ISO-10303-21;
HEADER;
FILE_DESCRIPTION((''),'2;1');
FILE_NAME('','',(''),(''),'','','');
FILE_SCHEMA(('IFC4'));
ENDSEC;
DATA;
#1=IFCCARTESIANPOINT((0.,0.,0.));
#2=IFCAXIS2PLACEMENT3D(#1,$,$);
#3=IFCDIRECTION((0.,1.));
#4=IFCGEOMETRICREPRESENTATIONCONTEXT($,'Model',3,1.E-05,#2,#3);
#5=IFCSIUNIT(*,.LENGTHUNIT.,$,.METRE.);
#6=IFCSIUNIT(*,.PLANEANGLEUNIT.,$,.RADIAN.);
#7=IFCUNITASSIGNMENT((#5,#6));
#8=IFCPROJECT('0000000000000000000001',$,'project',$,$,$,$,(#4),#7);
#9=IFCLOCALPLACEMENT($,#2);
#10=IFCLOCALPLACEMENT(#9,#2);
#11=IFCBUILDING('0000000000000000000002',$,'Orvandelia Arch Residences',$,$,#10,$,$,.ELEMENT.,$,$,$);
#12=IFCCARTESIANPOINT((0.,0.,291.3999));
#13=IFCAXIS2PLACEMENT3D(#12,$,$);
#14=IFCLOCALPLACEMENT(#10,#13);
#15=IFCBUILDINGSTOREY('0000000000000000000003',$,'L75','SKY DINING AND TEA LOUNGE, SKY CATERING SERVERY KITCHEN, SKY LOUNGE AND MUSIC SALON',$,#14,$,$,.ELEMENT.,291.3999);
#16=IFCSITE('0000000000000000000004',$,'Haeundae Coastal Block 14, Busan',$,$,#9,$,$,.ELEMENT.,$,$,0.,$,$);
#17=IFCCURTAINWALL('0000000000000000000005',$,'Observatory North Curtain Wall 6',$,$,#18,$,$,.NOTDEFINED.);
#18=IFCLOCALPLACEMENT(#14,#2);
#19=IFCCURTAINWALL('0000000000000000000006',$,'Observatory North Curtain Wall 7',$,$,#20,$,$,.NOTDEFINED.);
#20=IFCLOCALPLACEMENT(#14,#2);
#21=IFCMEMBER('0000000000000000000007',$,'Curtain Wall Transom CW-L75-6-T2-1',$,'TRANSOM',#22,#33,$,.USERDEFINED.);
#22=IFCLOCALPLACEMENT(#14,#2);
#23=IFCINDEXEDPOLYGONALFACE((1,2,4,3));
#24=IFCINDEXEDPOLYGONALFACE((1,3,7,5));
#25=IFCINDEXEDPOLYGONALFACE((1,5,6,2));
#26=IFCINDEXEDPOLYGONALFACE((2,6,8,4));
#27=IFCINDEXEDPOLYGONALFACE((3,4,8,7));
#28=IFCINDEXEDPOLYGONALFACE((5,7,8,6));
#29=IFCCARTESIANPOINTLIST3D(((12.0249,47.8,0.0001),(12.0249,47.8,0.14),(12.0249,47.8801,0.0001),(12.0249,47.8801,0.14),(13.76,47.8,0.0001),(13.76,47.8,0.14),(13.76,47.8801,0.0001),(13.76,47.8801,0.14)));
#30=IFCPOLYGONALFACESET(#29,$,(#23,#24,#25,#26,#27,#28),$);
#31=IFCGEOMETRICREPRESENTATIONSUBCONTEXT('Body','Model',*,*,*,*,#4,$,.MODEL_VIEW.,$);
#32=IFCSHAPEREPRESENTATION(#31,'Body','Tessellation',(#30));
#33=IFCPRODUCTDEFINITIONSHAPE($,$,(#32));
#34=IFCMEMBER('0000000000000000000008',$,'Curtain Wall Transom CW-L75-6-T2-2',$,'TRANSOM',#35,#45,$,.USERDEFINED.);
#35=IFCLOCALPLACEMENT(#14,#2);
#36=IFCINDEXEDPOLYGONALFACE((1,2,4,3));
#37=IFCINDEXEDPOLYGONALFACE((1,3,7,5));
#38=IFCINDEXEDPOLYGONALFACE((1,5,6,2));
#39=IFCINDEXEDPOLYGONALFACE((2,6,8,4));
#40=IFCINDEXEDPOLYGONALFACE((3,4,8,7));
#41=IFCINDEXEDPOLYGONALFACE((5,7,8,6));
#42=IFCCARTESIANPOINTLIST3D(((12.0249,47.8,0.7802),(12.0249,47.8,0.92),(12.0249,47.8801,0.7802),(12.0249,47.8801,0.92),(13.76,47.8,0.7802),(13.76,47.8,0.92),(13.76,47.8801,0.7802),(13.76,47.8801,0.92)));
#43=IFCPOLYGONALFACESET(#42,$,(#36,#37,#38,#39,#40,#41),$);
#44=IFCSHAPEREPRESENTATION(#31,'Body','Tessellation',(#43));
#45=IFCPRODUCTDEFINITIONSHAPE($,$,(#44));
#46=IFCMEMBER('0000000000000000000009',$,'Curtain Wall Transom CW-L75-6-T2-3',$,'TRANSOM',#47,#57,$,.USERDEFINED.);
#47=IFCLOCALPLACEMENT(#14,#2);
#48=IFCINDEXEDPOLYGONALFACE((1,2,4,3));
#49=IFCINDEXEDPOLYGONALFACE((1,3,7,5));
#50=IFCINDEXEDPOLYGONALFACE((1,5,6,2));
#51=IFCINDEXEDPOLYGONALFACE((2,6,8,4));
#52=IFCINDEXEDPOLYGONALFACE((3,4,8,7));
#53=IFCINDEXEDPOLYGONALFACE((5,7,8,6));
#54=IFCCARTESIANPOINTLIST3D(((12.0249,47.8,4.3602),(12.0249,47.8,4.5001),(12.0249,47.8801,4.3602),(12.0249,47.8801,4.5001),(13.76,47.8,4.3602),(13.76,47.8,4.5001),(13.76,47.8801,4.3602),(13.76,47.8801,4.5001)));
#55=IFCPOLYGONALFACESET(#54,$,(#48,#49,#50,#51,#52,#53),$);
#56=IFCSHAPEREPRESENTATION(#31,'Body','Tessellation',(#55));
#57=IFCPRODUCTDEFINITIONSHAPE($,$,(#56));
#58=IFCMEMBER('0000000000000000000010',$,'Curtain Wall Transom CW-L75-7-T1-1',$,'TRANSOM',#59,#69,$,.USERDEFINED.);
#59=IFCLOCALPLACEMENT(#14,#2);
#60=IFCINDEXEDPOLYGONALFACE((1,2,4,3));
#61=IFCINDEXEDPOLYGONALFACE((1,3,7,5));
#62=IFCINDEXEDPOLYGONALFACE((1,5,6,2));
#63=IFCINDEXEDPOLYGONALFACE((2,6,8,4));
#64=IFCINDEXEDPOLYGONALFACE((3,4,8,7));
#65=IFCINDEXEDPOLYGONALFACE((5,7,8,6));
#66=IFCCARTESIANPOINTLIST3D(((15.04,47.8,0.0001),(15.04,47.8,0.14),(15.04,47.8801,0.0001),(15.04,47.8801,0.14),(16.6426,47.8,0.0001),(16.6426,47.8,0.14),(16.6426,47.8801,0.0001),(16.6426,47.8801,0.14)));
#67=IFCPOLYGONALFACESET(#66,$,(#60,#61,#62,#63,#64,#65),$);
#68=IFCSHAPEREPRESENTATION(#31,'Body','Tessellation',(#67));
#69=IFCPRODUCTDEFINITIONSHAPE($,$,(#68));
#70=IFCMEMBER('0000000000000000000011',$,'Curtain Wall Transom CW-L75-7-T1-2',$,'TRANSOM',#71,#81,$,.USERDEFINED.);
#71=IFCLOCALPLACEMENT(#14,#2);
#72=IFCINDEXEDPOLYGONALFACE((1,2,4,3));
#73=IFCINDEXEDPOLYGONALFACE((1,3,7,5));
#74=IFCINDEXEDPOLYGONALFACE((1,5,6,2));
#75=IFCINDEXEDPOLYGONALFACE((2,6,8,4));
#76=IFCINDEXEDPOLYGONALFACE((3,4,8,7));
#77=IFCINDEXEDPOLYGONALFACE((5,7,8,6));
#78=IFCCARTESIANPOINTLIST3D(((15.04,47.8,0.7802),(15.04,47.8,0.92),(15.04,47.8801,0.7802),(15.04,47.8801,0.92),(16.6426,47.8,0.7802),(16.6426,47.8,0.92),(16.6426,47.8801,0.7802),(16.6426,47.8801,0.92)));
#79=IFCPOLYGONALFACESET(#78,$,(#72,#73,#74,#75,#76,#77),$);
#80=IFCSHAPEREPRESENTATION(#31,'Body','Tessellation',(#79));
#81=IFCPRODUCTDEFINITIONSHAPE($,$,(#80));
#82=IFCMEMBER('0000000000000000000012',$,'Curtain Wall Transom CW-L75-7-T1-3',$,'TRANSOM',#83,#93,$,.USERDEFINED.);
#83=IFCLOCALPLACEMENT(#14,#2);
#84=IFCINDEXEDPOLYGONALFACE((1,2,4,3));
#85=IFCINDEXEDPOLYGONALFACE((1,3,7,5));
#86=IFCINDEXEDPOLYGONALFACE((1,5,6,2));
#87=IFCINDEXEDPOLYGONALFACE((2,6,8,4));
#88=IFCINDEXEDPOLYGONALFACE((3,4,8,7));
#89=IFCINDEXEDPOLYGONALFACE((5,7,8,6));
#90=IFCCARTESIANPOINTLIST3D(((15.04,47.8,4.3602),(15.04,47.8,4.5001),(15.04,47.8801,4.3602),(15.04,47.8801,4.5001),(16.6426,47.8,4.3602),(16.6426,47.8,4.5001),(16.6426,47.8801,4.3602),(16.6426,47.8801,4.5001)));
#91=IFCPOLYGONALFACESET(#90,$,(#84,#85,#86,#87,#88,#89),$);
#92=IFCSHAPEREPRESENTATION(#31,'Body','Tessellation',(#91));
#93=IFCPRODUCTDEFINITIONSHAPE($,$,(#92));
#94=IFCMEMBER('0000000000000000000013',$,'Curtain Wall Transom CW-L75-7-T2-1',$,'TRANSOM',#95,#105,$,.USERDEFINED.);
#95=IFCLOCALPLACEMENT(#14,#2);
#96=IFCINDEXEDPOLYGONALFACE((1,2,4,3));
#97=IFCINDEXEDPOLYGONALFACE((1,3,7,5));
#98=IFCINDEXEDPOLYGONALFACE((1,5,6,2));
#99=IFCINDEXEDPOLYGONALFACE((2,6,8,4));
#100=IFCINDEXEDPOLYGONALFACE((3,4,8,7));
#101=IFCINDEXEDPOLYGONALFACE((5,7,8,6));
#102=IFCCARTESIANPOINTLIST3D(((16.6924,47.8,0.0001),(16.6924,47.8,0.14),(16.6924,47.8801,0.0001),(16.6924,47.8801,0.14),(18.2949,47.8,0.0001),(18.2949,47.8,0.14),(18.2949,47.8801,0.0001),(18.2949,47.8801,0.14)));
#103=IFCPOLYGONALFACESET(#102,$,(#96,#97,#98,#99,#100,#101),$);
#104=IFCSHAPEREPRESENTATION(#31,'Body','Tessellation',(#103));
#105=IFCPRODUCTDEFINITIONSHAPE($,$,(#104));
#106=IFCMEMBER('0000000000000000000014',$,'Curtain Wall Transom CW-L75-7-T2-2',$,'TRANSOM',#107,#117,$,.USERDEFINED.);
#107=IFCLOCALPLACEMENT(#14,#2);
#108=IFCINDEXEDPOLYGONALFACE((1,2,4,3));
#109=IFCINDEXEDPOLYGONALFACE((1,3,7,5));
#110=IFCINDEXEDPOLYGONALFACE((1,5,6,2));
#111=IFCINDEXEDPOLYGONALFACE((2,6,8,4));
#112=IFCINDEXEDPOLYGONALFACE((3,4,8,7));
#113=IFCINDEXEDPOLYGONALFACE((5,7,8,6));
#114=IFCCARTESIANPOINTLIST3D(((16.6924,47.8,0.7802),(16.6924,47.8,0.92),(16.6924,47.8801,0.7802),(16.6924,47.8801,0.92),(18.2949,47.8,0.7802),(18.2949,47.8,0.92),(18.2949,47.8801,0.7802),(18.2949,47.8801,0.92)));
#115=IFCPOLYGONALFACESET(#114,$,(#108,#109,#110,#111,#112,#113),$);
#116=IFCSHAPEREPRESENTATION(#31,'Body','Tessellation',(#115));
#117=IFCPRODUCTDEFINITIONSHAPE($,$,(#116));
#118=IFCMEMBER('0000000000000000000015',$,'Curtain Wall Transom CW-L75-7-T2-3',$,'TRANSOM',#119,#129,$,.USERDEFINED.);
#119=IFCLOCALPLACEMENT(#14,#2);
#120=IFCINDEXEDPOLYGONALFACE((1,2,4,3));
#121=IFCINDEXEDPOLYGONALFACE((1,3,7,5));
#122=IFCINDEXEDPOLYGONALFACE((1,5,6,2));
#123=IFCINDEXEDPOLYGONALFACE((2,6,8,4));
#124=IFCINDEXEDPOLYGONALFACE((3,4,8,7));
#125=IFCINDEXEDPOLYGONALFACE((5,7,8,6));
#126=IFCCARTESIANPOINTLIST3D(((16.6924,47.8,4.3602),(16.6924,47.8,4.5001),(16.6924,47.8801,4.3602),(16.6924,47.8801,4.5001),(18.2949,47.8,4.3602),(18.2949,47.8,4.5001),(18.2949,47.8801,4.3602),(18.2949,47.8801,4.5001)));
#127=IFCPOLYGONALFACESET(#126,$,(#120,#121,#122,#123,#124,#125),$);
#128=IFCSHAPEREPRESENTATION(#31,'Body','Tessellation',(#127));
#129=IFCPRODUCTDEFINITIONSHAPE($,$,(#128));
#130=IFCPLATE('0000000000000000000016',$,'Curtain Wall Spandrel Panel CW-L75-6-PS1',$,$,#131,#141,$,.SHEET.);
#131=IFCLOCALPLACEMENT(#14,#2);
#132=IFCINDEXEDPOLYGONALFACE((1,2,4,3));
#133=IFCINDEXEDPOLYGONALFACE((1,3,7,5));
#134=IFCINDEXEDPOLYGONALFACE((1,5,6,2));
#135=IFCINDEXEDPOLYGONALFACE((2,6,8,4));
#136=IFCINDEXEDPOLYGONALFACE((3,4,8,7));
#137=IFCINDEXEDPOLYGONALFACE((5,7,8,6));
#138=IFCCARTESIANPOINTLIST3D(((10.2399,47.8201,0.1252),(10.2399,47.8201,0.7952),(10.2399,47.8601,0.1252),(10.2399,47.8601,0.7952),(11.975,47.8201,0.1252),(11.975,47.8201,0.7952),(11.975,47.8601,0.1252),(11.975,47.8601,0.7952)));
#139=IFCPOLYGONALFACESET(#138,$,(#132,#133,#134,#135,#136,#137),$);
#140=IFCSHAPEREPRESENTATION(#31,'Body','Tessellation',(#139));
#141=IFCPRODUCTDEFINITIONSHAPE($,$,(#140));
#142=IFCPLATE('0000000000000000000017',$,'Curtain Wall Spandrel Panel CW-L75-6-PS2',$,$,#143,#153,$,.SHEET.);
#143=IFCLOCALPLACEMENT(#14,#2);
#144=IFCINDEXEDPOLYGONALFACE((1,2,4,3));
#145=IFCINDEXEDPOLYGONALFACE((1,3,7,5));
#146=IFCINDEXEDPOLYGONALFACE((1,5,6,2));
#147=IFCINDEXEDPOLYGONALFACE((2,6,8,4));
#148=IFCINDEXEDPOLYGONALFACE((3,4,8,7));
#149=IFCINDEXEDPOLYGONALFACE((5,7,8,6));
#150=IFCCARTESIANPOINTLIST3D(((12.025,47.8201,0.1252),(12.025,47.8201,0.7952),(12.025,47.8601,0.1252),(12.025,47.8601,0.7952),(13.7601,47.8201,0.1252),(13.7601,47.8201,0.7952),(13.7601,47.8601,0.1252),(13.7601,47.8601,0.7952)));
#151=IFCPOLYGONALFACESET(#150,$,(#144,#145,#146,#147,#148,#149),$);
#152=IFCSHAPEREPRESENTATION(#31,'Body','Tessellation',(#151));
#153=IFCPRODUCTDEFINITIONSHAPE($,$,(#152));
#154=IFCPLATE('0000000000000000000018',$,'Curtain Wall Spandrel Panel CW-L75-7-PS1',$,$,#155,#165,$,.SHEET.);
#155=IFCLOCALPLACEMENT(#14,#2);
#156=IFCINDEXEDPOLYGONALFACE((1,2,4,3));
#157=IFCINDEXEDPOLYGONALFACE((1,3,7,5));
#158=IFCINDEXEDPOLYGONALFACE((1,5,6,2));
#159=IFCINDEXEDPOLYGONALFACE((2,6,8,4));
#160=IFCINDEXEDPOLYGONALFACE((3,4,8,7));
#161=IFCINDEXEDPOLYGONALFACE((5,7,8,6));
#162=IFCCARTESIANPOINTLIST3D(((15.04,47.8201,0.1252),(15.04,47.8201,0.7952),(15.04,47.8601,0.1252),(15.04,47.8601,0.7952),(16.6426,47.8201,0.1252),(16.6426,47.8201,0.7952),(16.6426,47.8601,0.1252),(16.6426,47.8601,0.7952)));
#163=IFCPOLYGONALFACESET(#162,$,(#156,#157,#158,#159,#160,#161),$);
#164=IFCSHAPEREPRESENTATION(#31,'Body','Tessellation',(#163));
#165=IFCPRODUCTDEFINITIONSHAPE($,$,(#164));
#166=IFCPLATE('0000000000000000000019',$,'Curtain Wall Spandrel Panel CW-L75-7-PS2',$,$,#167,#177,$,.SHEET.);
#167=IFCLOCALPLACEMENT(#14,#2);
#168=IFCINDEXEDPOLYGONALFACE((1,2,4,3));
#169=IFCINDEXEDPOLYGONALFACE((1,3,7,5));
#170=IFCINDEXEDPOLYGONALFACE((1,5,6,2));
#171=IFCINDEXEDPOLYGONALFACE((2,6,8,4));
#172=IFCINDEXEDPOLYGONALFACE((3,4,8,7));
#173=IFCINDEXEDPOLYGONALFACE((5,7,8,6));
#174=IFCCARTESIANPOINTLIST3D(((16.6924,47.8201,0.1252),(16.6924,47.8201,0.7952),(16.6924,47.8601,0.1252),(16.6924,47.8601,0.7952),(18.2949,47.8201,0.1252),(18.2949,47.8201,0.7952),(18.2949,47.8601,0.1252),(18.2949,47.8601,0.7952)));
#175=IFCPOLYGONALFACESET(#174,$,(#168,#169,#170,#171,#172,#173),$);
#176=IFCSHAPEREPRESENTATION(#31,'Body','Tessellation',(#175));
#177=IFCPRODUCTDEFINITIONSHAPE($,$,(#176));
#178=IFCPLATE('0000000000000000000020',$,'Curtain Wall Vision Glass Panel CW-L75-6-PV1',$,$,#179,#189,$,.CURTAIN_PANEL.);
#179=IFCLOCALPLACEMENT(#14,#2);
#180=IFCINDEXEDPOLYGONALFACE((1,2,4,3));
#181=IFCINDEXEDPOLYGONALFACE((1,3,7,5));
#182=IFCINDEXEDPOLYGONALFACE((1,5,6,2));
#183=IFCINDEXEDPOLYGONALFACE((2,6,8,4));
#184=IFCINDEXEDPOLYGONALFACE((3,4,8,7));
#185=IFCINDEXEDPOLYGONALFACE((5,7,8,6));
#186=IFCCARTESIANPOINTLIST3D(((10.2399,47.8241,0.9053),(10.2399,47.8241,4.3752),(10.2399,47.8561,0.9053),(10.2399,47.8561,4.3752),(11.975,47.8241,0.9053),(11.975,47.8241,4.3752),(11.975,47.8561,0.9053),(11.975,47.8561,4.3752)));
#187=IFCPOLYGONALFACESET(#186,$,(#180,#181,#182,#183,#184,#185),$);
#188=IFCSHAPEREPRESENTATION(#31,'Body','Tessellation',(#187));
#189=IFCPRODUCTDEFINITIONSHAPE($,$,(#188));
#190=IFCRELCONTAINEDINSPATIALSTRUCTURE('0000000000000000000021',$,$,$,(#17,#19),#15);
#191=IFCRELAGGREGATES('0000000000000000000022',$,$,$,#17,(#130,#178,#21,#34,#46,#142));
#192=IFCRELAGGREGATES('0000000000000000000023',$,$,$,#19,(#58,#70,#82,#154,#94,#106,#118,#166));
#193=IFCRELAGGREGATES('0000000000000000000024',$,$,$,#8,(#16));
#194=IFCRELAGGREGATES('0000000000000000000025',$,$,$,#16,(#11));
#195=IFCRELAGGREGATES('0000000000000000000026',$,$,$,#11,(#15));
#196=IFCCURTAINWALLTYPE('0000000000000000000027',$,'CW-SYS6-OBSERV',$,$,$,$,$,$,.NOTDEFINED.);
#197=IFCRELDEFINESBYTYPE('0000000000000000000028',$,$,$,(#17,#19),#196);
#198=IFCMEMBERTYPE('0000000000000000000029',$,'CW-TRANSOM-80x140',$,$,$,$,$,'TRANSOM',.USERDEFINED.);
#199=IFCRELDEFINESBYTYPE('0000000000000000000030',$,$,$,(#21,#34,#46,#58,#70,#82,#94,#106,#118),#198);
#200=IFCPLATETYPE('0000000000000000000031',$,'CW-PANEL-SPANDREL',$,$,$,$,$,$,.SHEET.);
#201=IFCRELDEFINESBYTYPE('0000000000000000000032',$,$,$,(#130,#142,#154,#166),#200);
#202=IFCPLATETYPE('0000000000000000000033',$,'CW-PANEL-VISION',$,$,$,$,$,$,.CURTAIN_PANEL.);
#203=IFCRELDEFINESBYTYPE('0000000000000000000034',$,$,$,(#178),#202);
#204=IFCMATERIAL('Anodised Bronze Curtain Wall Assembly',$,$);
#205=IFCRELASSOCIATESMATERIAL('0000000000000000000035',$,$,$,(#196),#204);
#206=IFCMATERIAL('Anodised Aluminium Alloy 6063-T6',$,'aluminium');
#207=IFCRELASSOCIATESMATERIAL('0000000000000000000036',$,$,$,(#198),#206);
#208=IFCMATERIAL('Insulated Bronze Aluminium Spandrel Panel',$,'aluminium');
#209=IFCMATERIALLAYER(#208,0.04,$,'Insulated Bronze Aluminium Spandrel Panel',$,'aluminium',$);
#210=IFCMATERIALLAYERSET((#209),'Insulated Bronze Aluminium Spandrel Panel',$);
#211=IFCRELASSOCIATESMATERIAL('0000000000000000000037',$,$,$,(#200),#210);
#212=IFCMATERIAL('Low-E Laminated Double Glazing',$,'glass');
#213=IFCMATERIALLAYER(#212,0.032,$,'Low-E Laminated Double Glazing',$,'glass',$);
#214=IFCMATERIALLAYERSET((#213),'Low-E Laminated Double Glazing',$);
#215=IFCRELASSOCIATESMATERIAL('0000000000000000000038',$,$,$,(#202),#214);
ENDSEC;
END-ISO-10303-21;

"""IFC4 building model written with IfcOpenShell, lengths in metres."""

from ifc_helpers import new_model, si_unit, direction, frame, origin, origin_2d, place, context, subcontext, project, spatial, rectangle, extrude, material, layer, layer_set, material_profile, profile_set, type_object, element, aggregate, save


model = new_model("IFC4")

# Units and contexts
model_context = context("Model", 3, precision=1e-05, world=origin(), true_north=direction((0.0, 1.0)))
body_context = subcontext(model_context, "Body", "Model", "MODEL_VIEW")
ifc_project = project(units=[si_unit("LENGTHUNIT", "METRE"), si_unit("PLANEANGLEUNIT", "RADIAN")], contexts=[model_context])

# Site, building, storey
site_placement = place(None, origin())
site = spatial("IfcSite", under=ifc_project, at=site_placement, Name="Haeundae Coastal Block 14, Busan", CompositionType="ELEMENT", RefElevation=0.0)
building_placement = place(site_placement, origin())
building = spatial("IfcBuilding", under=site, at=building_placement, Name="Orvandelia Arch Residences", CompositionType="ELEMENT")
storey_placement = place(building_placement, frame((0.0, 0.0, 291.3999)))
storey = spatial("IfcBuildingStorey", under=building, at=storey_placement, Name="L75", Description="SKY DINING AND TEA LOUNGE, SKY CATERING SERVERY KITCHEN, SKY LOUNGE AND MUSIC SALON", CompositionType="ELEMENT", Elevation=291.3999)

# Curtain walls
ifc_material_1 = material(Name="Anodised Bronze Curtain Wall Assembly")
curtain_wall_type = type_object("IfcCurtainWallType", Name="CW-SYS6-OBSERV", PredefinedType="NOTDEFINED", material=ifc_material_1)
curtain_wall_1_placement = place(storey_placement, origin())
curtain_wall_1 = element("IfcCurtainWall", 1, at=curtain_wall_1_placement, inside=storey, type_object=curtain_wall_type, Name="Observatory North Curtain Wall 6", PredefinedType="NOTDEFINED")
ifc_material_2 = material(Name="Anodised Aluminium Alloy 6063-T6", Category="aluminium")
curtain_wall_2_placement = place(storey_placement, origin())
curtain_wall_2 = element("IfcCurtainWall", 2, at=curtain_wall_2_placement, inside=storey, type_object=curtain_wall_type, Name="Observatory North Curtain Wall 7", PredefinedType="NOTDEFINED")

# Members
ifc_material_profile_1 = material_profile(ifc_material_2, rectangle(XDim=0.0801, YDim=0.1399, at=origin_2d()), Name="Anodised Aluminium Alloy 6063-T6", Category="aluminium")
ifc_profile_set_1 = profile_set([ifc_material_profile_1], Name="Anodised Aluminium Alloy 6063-T6")
member_type_1 = type_object("IfcMemberType", Name="CW-TRANSOM-80x140", ElementType="TRANSOM", PredefinedType="USERDEFINED", material=ifc_profile_set_1)
member_1_placement = place(storey_placement, frame((12.0249, 47.8401, 0.0701), z_axis=(1.0, 0.0, 0.0), x_axis=(0.0, 1.0, 0.0)))
member_1 = element("IfcMember", 3, at=member_1_placement, type_object=member_type_1, Name="Curtain Wall Transom CW-L75-6-T2-1", ObjectType="TRANSOM", PredefinedType="USERDEFINED", context=body_context, shape_type="SweptSolid", body=[
    extrude(rectangle(XDim=0.0801, YDim=0.1399, at=origin_2d()), origin(), (0.0, 0.0, 1.0), 1.7351),
])
member_2_placement = place(storey_placement, frame((12.0249, 47.8401, 0.8501), z_axis=(1.0, 0.0, 0.0), x_axis=(0.0, 1.0, 0.0)))
member_2 = element("IfcMember", 4, at=member_2_placement, type_object=member_type_1, Name="Curtain Wall Transom CW-L75-6-T2-2", ObjectType="TRANSOM", PredefinedType="USERDEFINED", context=body_context, shape_type="SweptSolid", body=[
    extrude(rectangle(XDim=0.0801, YDim=0.1399, at=origin_2d()), origin(), (0.0, 0.0, 1.0), 1.7351),
])
member_3_placement = place(storey_placement, frame((12.0249, 47.8401, 4.4302), z_axis=(1.0, 0.0, 0.0), x_axis=(0.0, 1.0, 0.0)))
member_3 = element("IfcMember", 5, at=member_3_placement, type_object=member_type_1, Name="Curtain Wall Transom CW-L75-6-T2-3", ObjectType="TRANSOM", PredefinedType="USERDEFINED", context=body_context, shape_type="SweptSolid", body=[
    extrude(rectangle(XDim=0.0801, YDim=0.1399, at=origin_2d()), origin(), (0.0, 0.0, 1.0), 1.7351),
])
member_4_placement = place(storey_placement, frame((15.04, 47.8401, 0.0701), z_axis=(1.0, 0.0, 0.0), x_axis=(0.0, 1.0, 0.0)))
member_4 = element("IfcMember", 6, at=member_4_placement, type_object=member_type_1, Name="Curtain Wall Transom CW-L75-7-T1-1", ObjectType="TRANSOM", PredefinedType="USERDEFINED", context=body_context, shape_type="SweptSolid", body=[
    extrude(rectangle(XDim=0.0801, YDim=0.1399, at=origin_2d()), origin(), (0.0, 0.0, 1.0), 1.6025),
])
member_5_placement = place(storey_placement, frame((15.04, 47.8401, 0.8501), z_axis=(1.0, 0.0, 0.0), x_axis=(0.0, 1.0, 0.0)))
member_5 = element("IfcMember", 7, at=member_5_placement, type_object=member_type_1, Name="Curtain Wall Transom CW-L75-7-T1-2", ObjectType="TRANSOM", PredefinedType="USERDEFINED", context=body_context, shape_type="SweptSolid", body=[
    extrude(rectangle(XDim=0.0801, YDim=0.1399, at=origin_2d()), origin(), (0.0, 0.0, 1.0), 1.6025),
])
member_6_placement = place(storey_placement, frame((15.04, 47.8401, 4.4302), z_axis=(1.0, 0.0, 0.0), x_axis=(0.0, 1.0, 0.0)))
member_6 = element("IfcMember", 8, at=member_6_placement, type_object=member_type_1, Name="Curtain Wall Transom CW-L75-7-T1-3", ObjectType="TRANSOM", PredefinedType="USERDEFINED", context=body_context, shape_type="SweptSolid", body=[
    extrude(rectangle(XDim=0.0801, YDim=0.1399, at=origin_2d()), origin(), (0.0, 0.0, 1.0), 1.6025),
])
member_7_placement = place(storey_placement, frame((16.6924, 47.8401, 0.0701), z_axis=(1.0, 0.0, 0.0), x_axis=(0.0, 1.0, 0.0)))
member_7 = element("IfcMember", 9, at=member_7_placement, type_object=member_type_1, Name="Curtain Wall Transom CW-L75-7-T2-1", ObjectType="TRANSOM", PredefinedType="USERDEFINED", context=body_context, shape_type="SweptSolid", body=[
    extrude(rectangle(XDim=0.0801, YDim=0.1399, at=origin_2d()), origin(), (0.0, 0.0, 1.0), 1.6025),
])
member_8_placement = place(storey_placement, frame((16.6924, 47.8401, 0.8501), z_axis=(1.0, 0.0, 0.0), x_axis=(0.0, 1.0, 0.0)))
member_8 = element("IfcMember", 10, at=member_8_placement, type_object=member_type_1, Name="Curtain Wall Transom CW-L75-7-T2-2", ObjectType="TRANSOM", PredefinedType="USERDEFINED", context=body_context, shape_type="SweptSolid", body=[
    extrude(rectangle(XDim=0.0801, YDim=0.1399, at=origin_2d()), origin(), (0.0, 0.0, 1.0), 1.6025),
])
member_9_placement = place(storey_placement, frame((16.6924, 47.8401, 4.4302), z_axis=(1.0, 0.0, 0.0), x_axis=(0.0, 1.0, 0.0)))
member_9 = element("IfcMember", 11, at=member_9_placement, type_object=member_type_1, Name="Curtain Wall Transom CW-L75-7-T2-3", ObjectType="TRANSOM", PredefinedType="USERDEFINED", context=body_context, shape_type="SweptSolid", body=[
    extrude(rectangle(XDim=0.0801, YDim=0.1399, at=origin_2d()), origin(), (0.0, 0.0, 1.0), 1.6025),
])

# Plates
ifc_material_3 = material(Name="Insulated Bronze Aluminium Spandrel Panel", Category="aluminium")
ifc_layer_1 = layer(ifc_material_3, 0.04, Name="Insulated Bronze Aluminium Spandrel Panel", Category="aluminium")
ifc_layer_set_1 = layer_set([ifc_layer_1], Name="Insulated Bronze Aluminium Spandrel Panel")
plate_type_1 = type_object("IfcPlateType", Name="CW-PANEL-SPANDREL", PredefinedType="SHEET", material=ifc_layer_set_1)
plate_1_placement = place(storey_placement, frame((11.1074, 47.8401, 0.1252), z_axis=(0.0, 0.0, 1.0), x_axis=(1.0, 0.0, 0.0)))
plate_1 = element("IfcPlate", 12, at=plate_1_placement, type_object=plate_type_1, Name="Curtain Wall Spandrel Panel CW-L75-6-PS1", PredefinedType="SHEET", context=body_context, shape_type="SweptSolid", body=[
    extrude(rectangle(XDim=1.7351, YDim=0.04, at=origin_2d()), origin(), (0.0, 0.0, 1.0), 0.6699),
])
plate_2_placement = place(storey_placement, frame((12.8926, 47.8401, 0.1252), z_axis=(0.0, 0.0, 1.0), x_axis=(1.0, 0.0, 0.0)))
plate_2 = element("IfcPlate", 13, at=plate_2_placement, type_object=plate_type_1, Name="Curtain Wall Spandrel Panel CW-L75-6-PS2", PredefinedType="SHEET", context=body_context, shape_type="SweptSolid", body=[
    extrude(rectangle(XDim=1.7351, YDim=0.04, at=origin_2d()), origin(), (0.0, 0.0, 1.0), 0.6699),
])
plate_3_placement = place(storey_placement, frame((15.8413, 47.8401, 0.1252), z_axis=(0.0, 0.0, 1.0), x_axis=(1.0, 0.0, 0.0)))
plate_3 = element("IfcPlate", 14, at=plate_3_placement, type_object=plate_type_1, Name="Curtain Wall Spandrel Panel CW-L75-7-PS1", PredefinedType="SHEET", context=body_context, shape_type="SweptSolid", body=[
    extrude(rectangle(XDim=1.6025, YDim=0.04, at=origin_2d()), origin(), (0.0, 0.0, 1.0), 0.6699),
])
plate_4_placement = place(storey_placement, frame((17.4937, 47.8401, 0.1252), z_axis=(0.0, 0.0, 1.0), x_axis=(1.0, 0.0, 0.0)))
plate_4 = element("IfcPlate", 15, at=plate_4_placement, type_object=plate_type_1, Name="Curtain Wall Spandrel Panel CW-L75-7-PS2", PredefinedType="SHEET", context=body_context, shape_type="SweptSolid", body=[
    extrude(rectangle(XDim=1.6025, YDim=0.04, at=origin_2d()), origin(), (0.0, 0.0, 1.0), 0.6699),
])
ifc_material_4 = material(Name="Low-E Laminated Double Glazing", Category="glass")
ifc_layer_2 = layer(ifc_material_4, 0.032, Name="Low-E Laminated Double Glazing", Category="glass")
ifc_layer_set_2 = layer_set([ifc_layer_2], Name="Low-E Laminated Double Glazing")
plate_type_2 = type_object("IfcPlateType", Name="CW-PANEL-VISION", PredefinedType="CURTAIN_PANEL", material=ifc_layer_set_2)
plate_5_placement = place(storey_placement, frame((11.1074, 47.8401, 0.9053), z_axis=(0.0, 0.0, 1.0), x_axis=(1.0, 0.0, 0.0)))
plate_5 = element("IfcPlate", 16, at=plate_5_placement, type_object=plate_type_2, Name="Curtain Wall Vision Glass Panel CW-L75-6-PV1", PredefinedType="CURTAIN_PANEL", context=body_context, shape_type="SweptSolid", body=[
    extrude(rectangle(XDim=1.7351, YDim=0.032, at=origin_2d()), origin(), (0.0, 0.0, 1.0), 3.47),
])
aggregate(curtain_wall_1, [plate_1, plate_5, member_1, member_2, member_3, plate_2])
aggregate(curtain_wall_2, [member_4, member_5, member_6, plate_3, member_7, member_8, member_9, plate_4])

save(model, "model.ifc")
